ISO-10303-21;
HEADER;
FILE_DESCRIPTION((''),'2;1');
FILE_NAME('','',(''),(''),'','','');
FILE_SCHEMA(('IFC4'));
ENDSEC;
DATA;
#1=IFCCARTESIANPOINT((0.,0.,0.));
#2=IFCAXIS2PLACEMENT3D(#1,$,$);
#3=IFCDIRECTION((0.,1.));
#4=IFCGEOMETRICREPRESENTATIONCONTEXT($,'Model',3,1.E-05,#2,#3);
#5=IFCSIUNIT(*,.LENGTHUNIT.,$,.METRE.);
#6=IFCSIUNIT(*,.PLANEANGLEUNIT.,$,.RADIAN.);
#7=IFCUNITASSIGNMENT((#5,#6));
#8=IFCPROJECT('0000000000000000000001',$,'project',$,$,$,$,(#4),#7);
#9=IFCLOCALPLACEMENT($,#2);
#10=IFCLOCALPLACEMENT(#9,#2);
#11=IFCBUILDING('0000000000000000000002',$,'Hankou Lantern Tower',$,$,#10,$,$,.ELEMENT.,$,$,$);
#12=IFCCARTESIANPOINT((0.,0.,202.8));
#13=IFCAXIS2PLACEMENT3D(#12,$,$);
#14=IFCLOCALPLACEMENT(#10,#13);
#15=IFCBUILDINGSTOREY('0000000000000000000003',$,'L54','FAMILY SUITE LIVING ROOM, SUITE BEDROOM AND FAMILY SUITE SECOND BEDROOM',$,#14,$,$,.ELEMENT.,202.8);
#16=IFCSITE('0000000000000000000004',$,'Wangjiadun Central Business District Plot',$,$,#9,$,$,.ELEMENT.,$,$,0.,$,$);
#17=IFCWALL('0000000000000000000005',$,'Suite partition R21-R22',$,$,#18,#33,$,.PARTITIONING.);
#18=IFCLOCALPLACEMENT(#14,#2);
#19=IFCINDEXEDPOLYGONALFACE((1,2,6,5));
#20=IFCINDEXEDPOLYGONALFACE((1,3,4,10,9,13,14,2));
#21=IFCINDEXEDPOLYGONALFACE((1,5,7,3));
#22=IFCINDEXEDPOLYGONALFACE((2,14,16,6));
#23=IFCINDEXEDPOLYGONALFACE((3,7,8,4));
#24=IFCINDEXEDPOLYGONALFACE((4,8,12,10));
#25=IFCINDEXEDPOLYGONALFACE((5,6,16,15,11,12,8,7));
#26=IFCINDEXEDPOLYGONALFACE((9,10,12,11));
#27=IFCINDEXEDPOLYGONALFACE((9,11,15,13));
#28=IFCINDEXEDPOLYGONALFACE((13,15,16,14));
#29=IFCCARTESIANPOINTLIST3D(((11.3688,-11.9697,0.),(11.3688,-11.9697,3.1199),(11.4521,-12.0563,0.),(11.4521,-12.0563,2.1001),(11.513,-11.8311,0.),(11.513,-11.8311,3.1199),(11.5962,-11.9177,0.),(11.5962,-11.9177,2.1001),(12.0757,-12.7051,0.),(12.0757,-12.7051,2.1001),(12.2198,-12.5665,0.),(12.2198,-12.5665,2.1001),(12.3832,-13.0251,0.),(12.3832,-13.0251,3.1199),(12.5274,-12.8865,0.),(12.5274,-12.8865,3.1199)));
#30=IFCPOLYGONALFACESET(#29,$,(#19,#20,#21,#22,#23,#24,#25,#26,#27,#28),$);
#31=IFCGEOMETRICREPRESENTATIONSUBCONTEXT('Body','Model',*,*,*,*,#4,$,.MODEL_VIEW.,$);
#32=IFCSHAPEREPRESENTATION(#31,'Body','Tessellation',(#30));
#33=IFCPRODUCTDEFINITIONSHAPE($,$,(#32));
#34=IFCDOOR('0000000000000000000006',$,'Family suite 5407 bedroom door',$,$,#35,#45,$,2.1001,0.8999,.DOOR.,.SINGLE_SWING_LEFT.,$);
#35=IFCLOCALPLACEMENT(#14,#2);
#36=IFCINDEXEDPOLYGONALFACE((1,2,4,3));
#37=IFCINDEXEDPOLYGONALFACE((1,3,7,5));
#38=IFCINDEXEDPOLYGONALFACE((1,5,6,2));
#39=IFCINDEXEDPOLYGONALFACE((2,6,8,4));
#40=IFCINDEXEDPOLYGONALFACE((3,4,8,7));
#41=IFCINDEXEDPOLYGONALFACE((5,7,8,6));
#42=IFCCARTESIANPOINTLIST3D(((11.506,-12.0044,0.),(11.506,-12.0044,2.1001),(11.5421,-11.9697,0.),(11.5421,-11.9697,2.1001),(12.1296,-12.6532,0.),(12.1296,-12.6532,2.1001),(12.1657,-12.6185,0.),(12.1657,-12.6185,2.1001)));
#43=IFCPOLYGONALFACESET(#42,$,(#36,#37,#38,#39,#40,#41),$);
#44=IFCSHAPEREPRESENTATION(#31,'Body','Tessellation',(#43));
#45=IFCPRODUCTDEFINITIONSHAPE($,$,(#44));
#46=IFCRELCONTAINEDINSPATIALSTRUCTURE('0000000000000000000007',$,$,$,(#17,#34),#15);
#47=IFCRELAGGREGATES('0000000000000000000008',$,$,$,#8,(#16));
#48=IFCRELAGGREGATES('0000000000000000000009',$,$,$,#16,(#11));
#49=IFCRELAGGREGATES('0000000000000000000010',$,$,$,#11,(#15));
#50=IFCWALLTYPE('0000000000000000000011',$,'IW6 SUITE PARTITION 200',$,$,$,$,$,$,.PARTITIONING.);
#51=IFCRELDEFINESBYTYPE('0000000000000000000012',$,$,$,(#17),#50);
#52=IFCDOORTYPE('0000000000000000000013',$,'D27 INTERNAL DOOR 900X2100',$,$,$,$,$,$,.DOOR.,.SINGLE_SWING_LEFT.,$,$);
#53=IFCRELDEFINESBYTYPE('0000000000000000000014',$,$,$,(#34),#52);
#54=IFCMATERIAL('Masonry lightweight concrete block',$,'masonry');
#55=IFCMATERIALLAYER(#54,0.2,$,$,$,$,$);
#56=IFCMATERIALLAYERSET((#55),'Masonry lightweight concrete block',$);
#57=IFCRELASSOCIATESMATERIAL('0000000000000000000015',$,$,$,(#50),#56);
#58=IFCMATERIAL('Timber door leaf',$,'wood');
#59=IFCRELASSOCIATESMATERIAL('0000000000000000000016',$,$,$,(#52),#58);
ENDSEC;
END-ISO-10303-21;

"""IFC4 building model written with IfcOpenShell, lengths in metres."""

from ifc_helpers import new_model, si_unit, direction, frame, frame_2d, origin, place, context, subcontext, project, spatial, rectangle, extrude, material, layer, layer_set, type_object, element, fill, save


model = new_model("IFC4")

# Units and contexts
model_context = context("Model", 3, precision=1e-05, world=origin(), true_north=direction((0.0, 1.0)))
body_context = subcontext(model_context, "Body", "Model", "MODEL_VIEW")
ifc_project = project(units=[si_unit("LENGTHUNIT", "METRE"), si_unit("PLANEANGLEUNIT", "RADIAN")], contexts=[model_context])

# Site, building, storey
site_placement = place(None, origin())
site = spatial("IfcSite", under=ifc_project, at=site_placement, Name="Wangjiadun Central Business District Plot", CompositionType="ELEMENT", RefElevation=0.0)
building_placement = place(site_placement, origin())
building = spatial("IfcBuilding", under=site, at=building_placement, Name="Hankou Lantern Tower", CompositionType="ELEMENT")
storey_placement = place(building_placement, frame((0.0, 0.0, 202.8)))
storey = spatial("IfcBuildingStorey", under=building, at=storey_placement, Name="L54", Description="FAMILY SUITE LIVING ROOM, SUITE BEDROOM AND FAMILY SUITE SECOND BEDROOM", CompositionType="ELEMENT", Elevation=202.8)

# Wall, opening, door
ifc_material_1 = material(Name="Masonry lightweight concrete block", Category="masonry")
ifc_layer_1 = layer(ifc_material_1, 0.2)
ifc_layer_set_1 = layer_set([ifc_layer_1], Name="Masonry lightweight concrete block")
wall_type_1 = type_object("IfcWallType", Name="IW6 SUITE PARTITION 200", PredefinedType="PARTITIONING", material=ifc_layer_set_1)
ifc_material_2 = material(Name="Timber door leaf", Category="wood")
door_type_1 = type_object("IfcDoorType", Name="D27 INTERNAL DOOR 900X2100", OperationType="SINGLE_SWING_LEFT", PredefinedType="DOOR", material=ifc_material_2)
wall_1_placement = place(storey_placement, frame((11.4409, -11.9004, 0.0), z_axis=(0.0, 0.0, 1.0), x_axis=(0.692959, -0.720977, 0.0)))
wall_1 = element("IfcWall", 1, at=wall_1_placement, inside=storey, type_object=wall_type_1, Name="Suite partition R21-R22", PredefinedType="PARTITIONING", context=body_context, shape_type="SweptSolid", body=[
    extrude(rectangle(XDim=1.4639, YDim=0.2, at=frame_2d((0.7319, 0.0))), origin(), (0.0, 0.0, 1.0), 3.1199),
])
opening_1_placement = place(wall_1_placement, frame((0.1201, 0.0, 0.0)))
opening_1 = element("IfcOpeningElement", 2, at=opening_1_placement, cuts=wall_1, PredefinedType="OPENING", context=body_context, shape_type="SweptSolid", body=[
    extrude(rectangle(XDim=0.8999, YDim=2.1001, at=frame_2d((0.45, 1.05))), frame((0.0, 0.1099, 0.0), z_axis=(0.0, -1.0, 0.0), x_axis=(1.0, 0.0, 0.0)), (0.0, 0.0, 1.0), 0.22),
])
door_1_placement = place(opening_1_placement, origin())
door_1 = element("IfcDoor", 3, at=door_1_placement, inside=storey, type_object=door_type_1, Name="Family suite 5407 bedroom door", OperationType="SINGLE_SWING_LEFT", OverallHeight=2.1001, OverallWidth=0.8999, PredefinedType="DOOR", context=body_context, shape_type="SweptSolid", body=[
    extrude(rectangle(XDim=0.8999, YDim=2.1001, at=frame_2d((0.45, 1.05))), frame((0.0, 0.0249, 0.0), z_axis=(0.0, -1.0, 0.0), x_axis=(1.0, 0.0, 0.0)), (0.0, 0.0, 1.0), 0.05),
])
fill(opening_1, door_1)

save(model, "model.ifc")
